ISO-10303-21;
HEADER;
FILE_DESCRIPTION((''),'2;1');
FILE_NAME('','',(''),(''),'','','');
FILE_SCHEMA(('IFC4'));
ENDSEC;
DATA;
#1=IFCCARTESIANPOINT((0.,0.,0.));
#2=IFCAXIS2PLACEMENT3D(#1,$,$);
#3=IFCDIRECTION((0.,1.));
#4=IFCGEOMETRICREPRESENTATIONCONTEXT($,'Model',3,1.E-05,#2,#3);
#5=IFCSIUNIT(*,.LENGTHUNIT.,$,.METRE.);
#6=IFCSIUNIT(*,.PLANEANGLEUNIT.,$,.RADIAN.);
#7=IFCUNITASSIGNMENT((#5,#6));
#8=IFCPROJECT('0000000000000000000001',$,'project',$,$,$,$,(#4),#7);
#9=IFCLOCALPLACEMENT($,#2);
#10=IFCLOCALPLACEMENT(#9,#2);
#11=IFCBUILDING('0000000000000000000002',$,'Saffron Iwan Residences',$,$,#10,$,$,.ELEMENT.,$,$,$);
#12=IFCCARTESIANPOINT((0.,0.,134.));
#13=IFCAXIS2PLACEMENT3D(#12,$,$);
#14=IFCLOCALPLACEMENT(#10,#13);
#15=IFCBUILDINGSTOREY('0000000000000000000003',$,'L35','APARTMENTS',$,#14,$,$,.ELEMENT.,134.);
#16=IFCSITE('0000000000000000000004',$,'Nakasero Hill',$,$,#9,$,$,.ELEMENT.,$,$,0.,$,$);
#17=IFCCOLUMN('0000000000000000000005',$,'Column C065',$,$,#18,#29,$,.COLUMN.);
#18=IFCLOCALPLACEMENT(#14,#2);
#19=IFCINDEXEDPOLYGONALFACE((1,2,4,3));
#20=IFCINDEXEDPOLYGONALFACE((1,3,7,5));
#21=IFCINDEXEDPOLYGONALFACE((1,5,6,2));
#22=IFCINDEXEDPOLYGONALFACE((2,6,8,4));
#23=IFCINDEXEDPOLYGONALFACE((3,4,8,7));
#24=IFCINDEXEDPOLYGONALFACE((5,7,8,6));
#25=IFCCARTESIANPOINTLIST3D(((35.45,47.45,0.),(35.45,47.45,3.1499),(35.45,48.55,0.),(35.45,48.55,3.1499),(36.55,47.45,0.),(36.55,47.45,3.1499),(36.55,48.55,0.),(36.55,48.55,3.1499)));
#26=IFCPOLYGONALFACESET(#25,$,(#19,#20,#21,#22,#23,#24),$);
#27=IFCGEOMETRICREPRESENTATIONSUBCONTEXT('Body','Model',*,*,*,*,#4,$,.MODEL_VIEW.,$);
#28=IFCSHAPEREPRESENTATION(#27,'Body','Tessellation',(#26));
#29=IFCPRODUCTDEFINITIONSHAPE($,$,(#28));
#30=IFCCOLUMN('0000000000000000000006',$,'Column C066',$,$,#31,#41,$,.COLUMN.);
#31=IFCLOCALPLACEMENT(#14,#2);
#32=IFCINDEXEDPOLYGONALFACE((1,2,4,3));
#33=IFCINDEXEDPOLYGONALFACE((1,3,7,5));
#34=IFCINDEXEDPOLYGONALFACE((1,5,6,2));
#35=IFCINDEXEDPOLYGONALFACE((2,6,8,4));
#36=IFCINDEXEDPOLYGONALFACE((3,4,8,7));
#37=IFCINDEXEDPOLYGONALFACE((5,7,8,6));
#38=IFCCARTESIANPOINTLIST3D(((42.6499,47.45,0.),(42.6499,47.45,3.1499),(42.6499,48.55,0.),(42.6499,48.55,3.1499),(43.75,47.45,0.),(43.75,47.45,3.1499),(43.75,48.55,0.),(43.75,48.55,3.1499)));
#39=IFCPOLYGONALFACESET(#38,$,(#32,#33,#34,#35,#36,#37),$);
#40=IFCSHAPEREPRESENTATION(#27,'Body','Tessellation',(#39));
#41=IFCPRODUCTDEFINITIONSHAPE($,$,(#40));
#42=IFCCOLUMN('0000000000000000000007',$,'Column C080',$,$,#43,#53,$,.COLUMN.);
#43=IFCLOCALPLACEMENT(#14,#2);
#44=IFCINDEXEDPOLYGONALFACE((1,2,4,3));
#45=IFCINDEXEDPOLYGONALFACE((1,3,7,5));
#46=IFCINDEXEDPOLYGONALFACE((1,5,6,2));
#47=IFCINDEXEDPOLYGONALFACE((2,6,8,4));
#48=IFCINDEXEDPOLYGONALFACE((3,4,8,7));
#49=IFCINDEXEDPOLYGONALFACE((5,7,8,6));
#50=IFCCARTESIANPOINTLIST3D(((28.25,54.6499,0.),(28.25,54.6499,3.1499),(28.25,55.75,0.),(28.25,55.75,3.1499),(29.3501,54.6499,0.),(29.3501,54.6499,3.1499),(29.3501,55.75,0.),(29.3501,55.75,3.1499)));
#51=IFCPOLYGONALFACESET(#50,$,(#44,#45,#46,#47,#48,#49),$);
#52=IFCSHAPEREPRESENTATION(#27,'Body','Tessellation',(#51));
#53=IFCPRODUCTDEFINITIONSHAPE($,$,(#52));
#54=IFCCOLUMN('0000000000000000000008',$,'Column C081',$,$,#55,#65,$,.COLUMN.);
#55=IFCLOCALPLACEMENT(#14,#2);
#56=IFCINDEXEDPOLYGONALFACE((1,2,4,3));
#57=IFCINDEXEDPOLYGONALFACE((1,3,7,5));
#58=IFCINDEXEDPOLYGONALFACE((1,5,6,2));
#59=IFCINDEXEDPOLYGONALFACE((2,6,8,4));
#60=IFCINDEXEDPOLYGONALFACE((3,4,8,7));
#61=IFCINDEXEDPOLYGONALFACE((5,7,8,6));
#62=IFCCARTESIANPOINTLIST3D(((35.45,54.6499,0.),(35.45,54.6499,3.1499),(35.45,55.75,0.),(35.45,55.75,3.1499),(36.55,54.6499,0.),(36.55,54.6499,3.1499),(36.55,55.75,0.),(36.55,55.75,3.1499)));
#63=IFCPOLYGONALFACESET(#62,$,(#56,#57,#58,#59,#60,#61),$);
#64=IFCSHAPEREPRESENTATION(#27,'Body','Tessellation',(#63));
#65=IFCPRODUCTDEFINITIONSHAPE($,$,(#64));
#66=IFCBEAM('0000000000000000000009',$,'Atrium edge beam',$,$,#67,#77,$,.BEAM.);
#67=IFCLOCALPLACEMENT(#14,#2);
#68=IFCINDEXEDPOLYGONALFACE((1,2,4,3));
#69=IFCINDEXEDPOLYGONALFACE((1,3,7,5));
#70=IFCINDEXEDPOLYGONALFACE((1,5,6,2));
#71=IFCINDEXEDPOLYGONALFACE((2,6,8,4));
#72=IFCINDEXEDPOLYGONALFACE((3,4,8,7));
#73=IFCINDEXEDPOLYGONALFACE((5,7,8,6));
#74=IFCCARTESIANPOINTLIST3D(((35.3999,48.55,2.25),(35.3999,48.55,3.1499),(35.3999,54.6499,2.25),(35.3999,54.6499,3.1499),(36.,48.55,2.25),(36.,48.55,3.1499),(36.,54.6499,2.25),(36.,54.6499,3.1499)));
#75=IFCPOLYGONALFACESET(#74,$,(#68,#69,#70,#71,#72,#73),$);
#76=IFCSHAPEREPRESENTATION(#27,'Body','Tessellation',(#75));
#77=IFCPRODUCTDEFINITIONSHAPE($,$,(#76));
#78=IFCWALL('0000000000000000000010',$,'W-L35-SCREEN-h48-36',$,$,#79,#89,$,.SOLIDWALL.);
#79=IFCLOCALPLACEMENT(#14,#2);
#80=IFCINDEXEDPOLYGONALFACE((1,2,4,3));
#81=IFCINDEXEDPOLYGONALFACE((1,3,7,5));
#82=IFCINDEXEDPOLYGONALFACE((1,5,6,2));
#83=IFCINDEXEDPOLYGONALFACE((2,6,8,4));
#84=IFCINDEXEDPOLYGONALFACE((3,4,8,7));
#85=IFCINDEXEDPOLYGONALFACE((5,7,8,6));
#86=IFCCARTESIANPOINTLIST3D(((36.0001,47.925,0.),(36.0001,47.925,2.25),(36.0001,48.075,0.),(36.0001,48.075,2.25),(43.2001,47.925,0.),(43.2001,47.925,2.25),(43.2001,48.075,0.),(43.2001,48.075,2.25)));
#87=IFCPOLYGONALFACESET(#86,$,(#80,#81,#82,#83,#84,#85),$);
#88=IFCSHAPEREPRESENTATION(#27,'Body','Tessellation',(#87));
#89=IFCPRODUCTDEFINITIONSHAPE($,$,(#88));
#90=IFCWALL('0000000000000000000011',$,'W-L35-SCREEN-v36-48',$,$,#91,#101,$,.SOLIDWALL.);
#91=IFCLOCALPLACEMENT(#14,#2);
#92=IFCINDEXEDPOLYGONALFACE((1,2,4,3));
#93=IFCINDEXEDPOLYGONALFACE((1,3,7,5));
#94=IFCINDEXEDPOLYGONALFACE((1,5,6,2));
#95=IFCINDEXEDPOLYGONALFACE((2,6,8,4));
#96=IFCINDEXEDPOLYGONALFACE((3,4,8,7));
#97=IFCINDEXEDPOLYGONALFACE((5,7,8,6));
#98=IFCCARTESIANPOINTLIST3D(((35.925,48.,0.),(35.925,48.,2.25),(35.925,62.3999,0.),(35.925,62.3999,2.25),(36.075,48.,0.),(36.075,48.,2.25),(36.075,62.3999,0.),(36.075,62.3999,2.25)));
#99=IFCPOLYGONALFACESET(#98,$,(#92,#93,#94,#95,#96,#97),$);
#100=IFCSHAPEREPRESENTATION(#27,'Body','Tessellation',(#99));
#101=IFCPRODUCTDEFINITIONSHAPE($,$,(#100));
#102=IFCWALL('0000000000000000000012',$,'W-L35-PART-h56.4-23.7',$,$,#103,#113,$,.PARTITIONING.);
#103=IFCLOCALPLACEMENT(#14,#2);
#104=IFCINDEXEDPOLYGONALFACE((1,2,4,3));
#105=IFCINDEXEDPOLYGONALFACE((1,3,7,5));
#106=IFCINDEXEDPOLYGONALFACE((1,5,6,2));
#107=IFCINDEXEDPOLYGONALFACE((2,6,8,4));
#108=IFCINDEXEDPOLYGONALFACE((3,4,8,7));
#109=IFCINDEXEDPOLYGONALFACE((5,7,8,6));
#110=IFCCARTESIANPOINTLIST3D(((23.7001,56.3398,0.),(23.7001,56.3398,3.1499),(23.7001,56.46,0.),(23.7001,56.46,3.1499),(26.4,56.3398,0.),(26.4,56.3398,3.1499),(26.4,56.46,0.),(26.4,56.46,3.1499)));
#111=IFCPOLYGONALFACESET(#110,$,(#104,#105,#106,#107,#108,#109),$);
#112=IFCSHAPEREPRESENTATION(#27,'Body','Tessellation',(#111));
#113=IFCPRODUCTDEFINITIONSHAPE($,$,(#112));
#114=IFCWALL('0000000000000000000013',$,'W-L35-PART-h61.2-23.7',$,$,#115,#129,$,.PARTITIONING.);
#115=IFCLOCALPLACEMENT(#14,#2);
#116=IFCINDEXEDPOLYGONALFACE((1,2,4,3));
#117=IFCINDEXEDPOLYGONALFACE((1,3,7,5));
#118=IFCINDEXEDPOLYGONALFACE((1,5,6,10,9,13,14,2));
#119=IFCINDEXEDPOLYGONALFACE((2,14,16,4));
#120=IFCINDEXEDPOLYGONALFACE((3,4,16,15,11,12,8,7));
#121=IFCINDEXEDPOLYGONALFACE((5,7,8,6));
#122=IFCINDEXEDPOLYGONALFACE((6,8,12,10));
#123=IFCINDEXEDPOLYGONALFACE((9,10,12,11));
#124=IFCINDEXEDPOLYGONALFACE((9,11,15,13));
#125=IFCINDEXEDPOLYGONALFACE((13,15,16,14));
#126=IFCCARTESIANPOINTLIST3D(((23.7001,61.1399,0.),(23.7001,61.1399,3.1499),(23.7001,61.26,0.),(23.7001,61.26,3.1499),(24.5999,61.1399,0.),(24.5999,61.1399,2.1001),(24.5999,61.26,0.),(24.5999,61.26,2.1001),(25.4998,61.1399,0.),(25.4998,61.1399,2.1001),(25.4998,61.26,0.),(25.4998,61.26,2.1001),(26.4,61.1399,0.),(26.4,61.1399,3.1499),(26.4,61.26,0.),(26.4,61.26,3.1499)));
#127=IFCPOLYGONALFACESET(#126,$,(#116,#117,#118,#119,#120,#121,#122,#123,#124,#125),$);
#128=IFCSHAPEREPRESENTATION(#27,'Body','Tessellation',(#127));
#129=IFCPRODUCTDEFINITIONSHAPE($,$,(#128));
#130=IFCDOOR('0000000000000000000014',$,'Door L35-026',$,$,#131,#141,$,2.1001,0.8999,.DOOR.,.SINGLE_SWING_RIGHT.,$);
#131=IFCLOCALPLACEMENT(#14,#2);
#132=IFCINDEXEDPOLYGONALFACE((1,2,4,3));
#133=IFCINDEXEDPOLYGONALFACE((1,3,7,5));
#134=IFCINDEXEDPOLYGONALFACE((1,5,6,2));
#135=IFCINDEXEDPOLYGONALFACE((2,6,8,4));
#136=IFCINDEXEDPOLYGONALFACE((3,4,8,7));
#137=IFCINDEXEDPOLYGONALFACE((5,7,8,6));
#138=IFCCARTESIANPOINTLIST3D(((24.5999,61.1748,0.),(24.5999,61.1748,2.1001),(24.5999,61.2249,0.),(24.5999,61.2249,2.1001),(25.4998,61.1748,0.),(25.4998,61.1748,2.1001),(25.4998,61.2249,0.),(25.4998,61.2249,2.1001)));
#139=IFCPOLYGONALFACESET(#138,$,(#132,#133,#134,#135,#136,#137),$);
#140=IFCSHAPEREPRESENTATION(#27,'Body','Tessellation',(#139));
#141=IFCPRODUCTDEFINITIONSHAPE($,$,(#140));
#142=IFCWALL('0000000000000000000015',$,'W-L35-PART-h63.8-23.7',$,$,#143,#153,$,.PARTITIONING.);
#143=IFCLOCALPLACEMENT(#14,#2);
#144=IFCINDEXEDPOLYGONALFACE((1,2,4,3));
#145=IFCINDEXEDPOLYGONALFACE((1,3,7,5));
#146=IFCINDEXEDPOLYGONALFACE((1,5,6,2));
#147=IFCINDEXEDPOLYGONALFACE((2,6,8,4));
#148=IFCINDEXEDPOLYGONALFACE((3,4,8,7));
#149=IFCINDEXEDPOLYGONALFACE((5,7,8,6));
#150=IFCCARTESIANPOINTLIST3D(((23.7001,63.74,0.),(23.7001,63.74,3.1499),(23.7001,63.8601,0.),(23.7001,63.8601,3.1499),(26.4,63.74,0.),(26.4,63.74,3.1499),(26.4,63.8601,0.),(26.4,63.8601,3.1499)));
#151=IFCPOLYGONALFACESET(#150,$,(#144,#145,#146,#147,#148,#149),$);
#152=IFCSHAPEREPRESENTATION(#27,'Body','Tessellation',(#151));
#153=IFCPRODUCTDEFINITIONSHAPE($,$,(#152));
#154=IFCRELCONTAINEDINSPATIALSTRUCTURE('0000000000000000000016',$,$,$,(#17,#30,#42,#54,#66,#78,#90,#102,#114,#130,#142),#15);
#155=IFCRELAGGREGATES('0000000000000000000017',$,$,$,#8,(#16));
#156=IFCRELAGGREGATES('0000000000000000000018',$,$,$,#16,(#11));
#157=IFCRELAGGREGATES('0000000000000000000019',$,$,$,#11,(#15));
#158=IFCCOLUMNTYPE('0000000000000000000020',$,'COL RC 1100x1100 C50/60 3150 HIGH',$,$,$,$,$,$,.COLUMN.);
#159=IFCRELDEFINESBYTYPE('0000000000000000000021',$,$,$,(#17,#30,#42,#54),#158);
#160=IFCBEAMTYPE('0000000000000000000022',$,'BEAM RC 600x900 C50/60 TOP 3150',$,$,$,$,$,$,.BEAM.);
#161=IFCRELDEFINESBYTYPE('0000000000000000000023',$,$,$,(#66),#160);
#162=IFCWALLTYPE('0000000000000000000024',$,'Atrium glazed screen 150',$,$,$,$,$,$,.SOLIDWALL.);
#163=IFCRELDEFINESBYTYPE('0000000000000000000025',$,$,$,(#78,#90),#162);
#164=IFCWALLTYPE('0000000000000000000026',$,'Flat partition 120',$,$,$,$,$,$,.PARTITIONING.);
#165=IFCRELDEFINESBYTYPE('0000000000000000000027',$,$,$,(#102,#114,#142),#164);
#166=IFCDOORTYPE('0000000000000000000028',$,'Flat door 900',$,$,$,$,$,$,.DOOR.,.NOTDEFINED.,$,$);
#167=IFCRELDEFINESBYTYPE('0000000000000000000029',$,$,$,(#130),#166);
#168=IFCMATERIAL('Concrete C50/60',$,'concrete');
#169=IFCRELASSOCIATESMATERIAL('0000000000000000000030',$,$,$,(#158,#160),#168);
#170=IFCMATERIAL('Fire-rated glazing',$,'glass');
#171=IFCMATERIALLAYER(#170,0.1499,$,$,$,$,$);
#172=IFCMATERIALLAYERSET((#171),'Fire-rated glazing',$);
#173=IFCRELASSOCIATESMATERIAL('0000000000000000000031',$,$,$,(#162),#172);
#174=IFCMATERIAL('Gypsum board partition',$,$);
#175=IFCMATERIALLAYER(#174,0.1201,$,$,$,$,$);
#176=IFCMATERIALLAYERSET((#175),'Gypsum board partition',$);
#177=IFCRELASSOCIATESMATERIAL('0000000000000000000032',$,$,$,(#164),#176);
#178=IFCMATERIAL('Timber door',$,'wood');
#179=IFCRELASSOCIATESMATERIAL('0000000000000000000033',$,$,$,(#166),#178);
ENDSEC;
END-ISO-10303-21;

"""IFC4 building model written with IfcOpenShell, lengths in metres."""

from ifc_helpers import new_model, si_unit, direction, frame, frame_2d, origin, origin_2d, place, context, subcontext, project, spatial, rectangle, extrude, source, transform, mapped, material, layer, layer_set, material_profile, profile_set, type_object, element, fill, save


model = new_model("IFC4")

# Units and contexts
model_context = context("Model", 3, precision=1e-05, world=origin(), true_north=direction((0.0, 1.0)))
body_context = subcontext(model_context, "Body", "Model", "MODEL_VIEW")
ifc_project = project(units=[si_unit("LENGTHUNIT", "METRE"), si_unit("PLANEANGLEUNIT", "RADIAN")], contexts=[model_context])

# Site, building, storey
site_placement = place(None, origin())
site = spatial("IfcSite", under=ifc_project, at=site_placement, Name="Nakasero Hill", CompositionType="ELEMENT", RefElevation=0.0)
building_placement = place(site_placement, origin())
building = spatial("IfcBuilding", under=site, at=building_placement, Name="Saffron Iwan Residences", CompositionType="ELEMENT")
storey_placement = place(building_placement, frame((0.0, 0.0, 134.0)))
storey = spatial("IfcBuildingStorey", under=building, at=storey_placement, Name="L35", Description="APARTMENTS", CompositionType="ELEMENT", Elevation=134.0)

# Columns
ifc_material_1 = material(Name="Concrete C50/60", Category="concrete")
ifc_material_profile_1 = material_profile(ifc_material_1, rectangle(XDim=1.1001, YDim=1.1001, at=origin_2d()), Name="RC 1100x1100")
ifc_profile_set_1 = profile_set([ifc_material_profile_1], Name="Concrete C50/60")
column_type = type_object("IfcColumnType", Name="COL RC 1100x1100 C50/60 3150 HIGH", PredefinedType="COLUMN", material=ifc_profile_set_1)
shared_shape_1 = source(origin(), body_context, "Body", "SweptSolid", [
    extrude(rectangle(XDim=1.1001, YDim=1.1001, at=origin_2d()), origin(), (0.0, 0.0, 1.0), 3.1499),
])
for number, where, z_axis, x_axis, name in (
    (1, (36.0, 48.0, 0.0), (0.0, 0.0, 1.0), (1.0, 0.0, 0.0), "Column C065"),
    (2, (43.2, 48.0, 0.0), (0.0, 0.0, 1.0), (1.0, 0.0, 0.0), "Column C066"),
    (3, (28.8, 55.2, 0.0), (0.0, 0.0, 1.0), (1.0, 0.0, 0.0), "Column C080"),
    (4, (36.0, 55.2, 0.0), (0.0, 0.0, 1.0), (1.0, 0.0, 0.0), "Column C081"),
):
    element("IfcColumn", number, at=place(storey_placement, frame(where, z_axis=z_axis, x_axis=x_axis)), inside=storey, type_object=column_type, Name=name, PredefinedType="COLUMN", context=body_context, shape_type="MappedRepresentation", body=[
        mapped(shared_shape_1, transform((0.0, 0.0, 0.0))),
    ])

# Beam
ifc_material_profile_2 = material_profile(ifc_material_1, rectangle(XDim=0.6001, YDim=0.8999, at=origin_2d()), Name="RC 600x900")
ifc_profile_set_2 = profile_set([ifc_material_profile_2], Name="Concrete C50/60")
beam_type = type_object("IfcBeamType", Name="BEAM RC 600x900 C50/60 TOP 3150", PredefinedType="BEAM", material=ifc_profile_set_2)
shared_shape_2 = source(origin(), body_context, "Body", "SweptSolid", [
    extrude(rectangle(XDim=0.6001, YDim=0.8999, at=origin_2d()), origin(), (0.0, 0.0, 1.0), 6.0999),
])
beam_placement = place(storey_placement, frame((35.7, 48.55, 2.7), z_axis=(0.0, 1.0, 0.0), x_axis=(-1.0, 0.0, 0.0)))
element("IfcBeam", 5, at=beam_placement, inside=storey, type_object=beam_type, Name="Atrium edge beam", PredefinedType="BEAM", context=body_context, shape_type="MappedRepresentation", body=[
    mapped(shared_shape_2, transform((0.0, 0.0, 0.0))),
])

# Walls
ifc_material_2 = material(Name="Fire-rated glazing", Category="glass")
ifc_layer_1 = layer(ifc_material_2, 0.1499)
ifc_layer_set_1 = layer_set([ifc_layer_1], Name="Fire-rated glazing")
wall_type_1 = type_object("IfcWallType", Name="Atrium glazed screen 150", PredefinedType="SOLIDWALL", material=ifc_layer_set_1)
wall_1_placement = place(storey_placement, frame((36.0, 48.0, 0.0), z_axis=(0.0, 0.0, 1.0), x_axis=(1.0, 0.0, 0.0)))
element("IfcWall", 6, at=wall_1_placement, inside=storey, type_object=wall_type_1, Name="W-L35-SCREEN-h48-36", PredefinedType="SOLIDWALL", context=body_context, shape_type="SweptSolid", body=[
    extrude(rectangle(XDim=7.2, YDim=0.1499, at=frame_2d((3.6001, 0.0))), origin(), (0.0, 0.0, 1.0), 2.25),
])
wall_2_placement = place(storey_placement, frame((36.0, 48.0, 0.0), z_axis=(0.0, 0.0, 1.0), x_axis=(0.0, 1.0, 0.0)))
element("IfcWall", 7, at=wall_2_placement, inside=storey, type_object=wall_type_1, Name="W-L35-SCREEN-v36-48", PredefinedType="SOLIDWALL", context=body_context, shape_type="SweptSolid", body=[
    extrude(rectangle(XDim=14.3999, YDim=0.1499, at=frame_2d((7.2, 0.0))), origin(), (0.0, 0.0, 1.0), 2.25),
])
ifc_material_3 = material(Name="Gypsum board partition")
ifc_layer_2 = layer(ifc_material_3, 0.1201)
ifc_layer_set_2 = layer_set([ifc_layer_2], Name="Gypsum board partition")
wall_type_2 = type_object("IfcWallType", Name="Flat partition 120", PredefinedType="PARTITIONING", material=ifc_layer_set_2)
wall_3_placement = place(storey_placement, frame((23.7, 56.3999, 0.0), z_axis=(0.0, 0.0, 1.0), x_axis=(1.0, 0.0, 0.0)))
element("IfcWall", 8, at=wall_3_placement, inside=storey, type_object=wall_type_2, Name="W-L35-PART-h56.4-23.7", PredefinedType="PARTITIONING", context=body_context, shape_type="SweptSolid", body=[
    extrude(rectangle(XDim=2.7, YDim=0.1201, at=frame_2d((1.3501, 0.0))), origin(), (0.0, 0.0, 1.0), 3.1499),
])

# Wall, opening, door
wall_4_placement = place(storey_placement, frame((23.7, 61.2, 0.0), z_axis=(0.0, 0.0, 1.0), x_axis=(1.0, 0.0, 0.0)))
wall_4 = element("IfcWall", 9, at=wall_4_placement, inside=storey, type_object=wall_type_2, Name="W-L35-PART-h61.2-23.7", PredefinedType="PARTITIONING", context=body_context, shape_type="SweptSolid", body=[
    extrude(rectangle(XDim=2.7, YDim=0.1201, at=frame_2d((1.3501, 0.0))), origin(), (0.0, 0.0, 1.0), 3.1499),
])
opening_1_placement = place(wall_4_placement, frame((0.8999, 0.0, 0.0)))
opening_1 = element("IfcOpeningElement", 10, at=opening_1_placement, cuts=wall_4, PredefinedType="OPENING", context=body_context, shape_type="SweptSolid", body=[
    extrude(rectangle(XDim=0.8999, YDim=2.1001, at=frame_2d((0.45, 1.05))), frame((0.0, 0.0701, 0.0), z_axis=(0.0, -1.0, 0.0), x_axis=(1.0, 0.0, 0.0)), (0.0, 0.0, 1.0), 0.1401),
])
ifc_material_4 = material(Name="Timber door", Category="wood")
door_type_1 = type_object("IfcDoorType", Name="Flat door 900", OperationType="NOTDEFINED", PredefinedType="DOOR", material=ifc_material_4)
door_1_placement = place(opening_1_placement, origin())
door_1 = element("IfcDoor", 11, at=door_1_placement, inside=storey, type_object=door_type_1, Name="Door L35-026", OperationType="SINGLE_SWING_RIGHT", OverallHeight=2.1001, OverallWidth=0.8999, PredefinedType="DOOR", context=body_context, shape_type="SweptSolid", body=[
    extrude(rectangle(XDim=0.8999, YDim=2.1001, at=frame_2d((0.45, 1.05))), frame((0.0, 0.0249, 0.0), z_axis=(0.0, -1.0, 0.0), x_axis=(1.0, 0.0, 0.0)), (0.0, 0.0, 1.0), 0.05),
])
fill(opening_1, door_1)

# Wall
wall_5_placement = place(storey_placement, frame((23.7, 63.8, 0.0), z_axis=(0.0, 0.0, 1.0), x_axis=(1.0, 0.0, 0.0)))
element("IfcWall", 12, at=wall_5_placement, inside=storey, type_object=wall_type_2, Name="W-L35-PART-h63.8-23.7", PredefinedType="PARTITIONING", context=body_context, shape_type="SweptSolid", body=[
    extrude(rectangle(XDim=2.7, YDim=0.1201, at=frame_2d((1.3501, 0.0))), origin(), (0.0, 0.0, 1.0), 3.1499),
])

save(model, "model.ifc")
